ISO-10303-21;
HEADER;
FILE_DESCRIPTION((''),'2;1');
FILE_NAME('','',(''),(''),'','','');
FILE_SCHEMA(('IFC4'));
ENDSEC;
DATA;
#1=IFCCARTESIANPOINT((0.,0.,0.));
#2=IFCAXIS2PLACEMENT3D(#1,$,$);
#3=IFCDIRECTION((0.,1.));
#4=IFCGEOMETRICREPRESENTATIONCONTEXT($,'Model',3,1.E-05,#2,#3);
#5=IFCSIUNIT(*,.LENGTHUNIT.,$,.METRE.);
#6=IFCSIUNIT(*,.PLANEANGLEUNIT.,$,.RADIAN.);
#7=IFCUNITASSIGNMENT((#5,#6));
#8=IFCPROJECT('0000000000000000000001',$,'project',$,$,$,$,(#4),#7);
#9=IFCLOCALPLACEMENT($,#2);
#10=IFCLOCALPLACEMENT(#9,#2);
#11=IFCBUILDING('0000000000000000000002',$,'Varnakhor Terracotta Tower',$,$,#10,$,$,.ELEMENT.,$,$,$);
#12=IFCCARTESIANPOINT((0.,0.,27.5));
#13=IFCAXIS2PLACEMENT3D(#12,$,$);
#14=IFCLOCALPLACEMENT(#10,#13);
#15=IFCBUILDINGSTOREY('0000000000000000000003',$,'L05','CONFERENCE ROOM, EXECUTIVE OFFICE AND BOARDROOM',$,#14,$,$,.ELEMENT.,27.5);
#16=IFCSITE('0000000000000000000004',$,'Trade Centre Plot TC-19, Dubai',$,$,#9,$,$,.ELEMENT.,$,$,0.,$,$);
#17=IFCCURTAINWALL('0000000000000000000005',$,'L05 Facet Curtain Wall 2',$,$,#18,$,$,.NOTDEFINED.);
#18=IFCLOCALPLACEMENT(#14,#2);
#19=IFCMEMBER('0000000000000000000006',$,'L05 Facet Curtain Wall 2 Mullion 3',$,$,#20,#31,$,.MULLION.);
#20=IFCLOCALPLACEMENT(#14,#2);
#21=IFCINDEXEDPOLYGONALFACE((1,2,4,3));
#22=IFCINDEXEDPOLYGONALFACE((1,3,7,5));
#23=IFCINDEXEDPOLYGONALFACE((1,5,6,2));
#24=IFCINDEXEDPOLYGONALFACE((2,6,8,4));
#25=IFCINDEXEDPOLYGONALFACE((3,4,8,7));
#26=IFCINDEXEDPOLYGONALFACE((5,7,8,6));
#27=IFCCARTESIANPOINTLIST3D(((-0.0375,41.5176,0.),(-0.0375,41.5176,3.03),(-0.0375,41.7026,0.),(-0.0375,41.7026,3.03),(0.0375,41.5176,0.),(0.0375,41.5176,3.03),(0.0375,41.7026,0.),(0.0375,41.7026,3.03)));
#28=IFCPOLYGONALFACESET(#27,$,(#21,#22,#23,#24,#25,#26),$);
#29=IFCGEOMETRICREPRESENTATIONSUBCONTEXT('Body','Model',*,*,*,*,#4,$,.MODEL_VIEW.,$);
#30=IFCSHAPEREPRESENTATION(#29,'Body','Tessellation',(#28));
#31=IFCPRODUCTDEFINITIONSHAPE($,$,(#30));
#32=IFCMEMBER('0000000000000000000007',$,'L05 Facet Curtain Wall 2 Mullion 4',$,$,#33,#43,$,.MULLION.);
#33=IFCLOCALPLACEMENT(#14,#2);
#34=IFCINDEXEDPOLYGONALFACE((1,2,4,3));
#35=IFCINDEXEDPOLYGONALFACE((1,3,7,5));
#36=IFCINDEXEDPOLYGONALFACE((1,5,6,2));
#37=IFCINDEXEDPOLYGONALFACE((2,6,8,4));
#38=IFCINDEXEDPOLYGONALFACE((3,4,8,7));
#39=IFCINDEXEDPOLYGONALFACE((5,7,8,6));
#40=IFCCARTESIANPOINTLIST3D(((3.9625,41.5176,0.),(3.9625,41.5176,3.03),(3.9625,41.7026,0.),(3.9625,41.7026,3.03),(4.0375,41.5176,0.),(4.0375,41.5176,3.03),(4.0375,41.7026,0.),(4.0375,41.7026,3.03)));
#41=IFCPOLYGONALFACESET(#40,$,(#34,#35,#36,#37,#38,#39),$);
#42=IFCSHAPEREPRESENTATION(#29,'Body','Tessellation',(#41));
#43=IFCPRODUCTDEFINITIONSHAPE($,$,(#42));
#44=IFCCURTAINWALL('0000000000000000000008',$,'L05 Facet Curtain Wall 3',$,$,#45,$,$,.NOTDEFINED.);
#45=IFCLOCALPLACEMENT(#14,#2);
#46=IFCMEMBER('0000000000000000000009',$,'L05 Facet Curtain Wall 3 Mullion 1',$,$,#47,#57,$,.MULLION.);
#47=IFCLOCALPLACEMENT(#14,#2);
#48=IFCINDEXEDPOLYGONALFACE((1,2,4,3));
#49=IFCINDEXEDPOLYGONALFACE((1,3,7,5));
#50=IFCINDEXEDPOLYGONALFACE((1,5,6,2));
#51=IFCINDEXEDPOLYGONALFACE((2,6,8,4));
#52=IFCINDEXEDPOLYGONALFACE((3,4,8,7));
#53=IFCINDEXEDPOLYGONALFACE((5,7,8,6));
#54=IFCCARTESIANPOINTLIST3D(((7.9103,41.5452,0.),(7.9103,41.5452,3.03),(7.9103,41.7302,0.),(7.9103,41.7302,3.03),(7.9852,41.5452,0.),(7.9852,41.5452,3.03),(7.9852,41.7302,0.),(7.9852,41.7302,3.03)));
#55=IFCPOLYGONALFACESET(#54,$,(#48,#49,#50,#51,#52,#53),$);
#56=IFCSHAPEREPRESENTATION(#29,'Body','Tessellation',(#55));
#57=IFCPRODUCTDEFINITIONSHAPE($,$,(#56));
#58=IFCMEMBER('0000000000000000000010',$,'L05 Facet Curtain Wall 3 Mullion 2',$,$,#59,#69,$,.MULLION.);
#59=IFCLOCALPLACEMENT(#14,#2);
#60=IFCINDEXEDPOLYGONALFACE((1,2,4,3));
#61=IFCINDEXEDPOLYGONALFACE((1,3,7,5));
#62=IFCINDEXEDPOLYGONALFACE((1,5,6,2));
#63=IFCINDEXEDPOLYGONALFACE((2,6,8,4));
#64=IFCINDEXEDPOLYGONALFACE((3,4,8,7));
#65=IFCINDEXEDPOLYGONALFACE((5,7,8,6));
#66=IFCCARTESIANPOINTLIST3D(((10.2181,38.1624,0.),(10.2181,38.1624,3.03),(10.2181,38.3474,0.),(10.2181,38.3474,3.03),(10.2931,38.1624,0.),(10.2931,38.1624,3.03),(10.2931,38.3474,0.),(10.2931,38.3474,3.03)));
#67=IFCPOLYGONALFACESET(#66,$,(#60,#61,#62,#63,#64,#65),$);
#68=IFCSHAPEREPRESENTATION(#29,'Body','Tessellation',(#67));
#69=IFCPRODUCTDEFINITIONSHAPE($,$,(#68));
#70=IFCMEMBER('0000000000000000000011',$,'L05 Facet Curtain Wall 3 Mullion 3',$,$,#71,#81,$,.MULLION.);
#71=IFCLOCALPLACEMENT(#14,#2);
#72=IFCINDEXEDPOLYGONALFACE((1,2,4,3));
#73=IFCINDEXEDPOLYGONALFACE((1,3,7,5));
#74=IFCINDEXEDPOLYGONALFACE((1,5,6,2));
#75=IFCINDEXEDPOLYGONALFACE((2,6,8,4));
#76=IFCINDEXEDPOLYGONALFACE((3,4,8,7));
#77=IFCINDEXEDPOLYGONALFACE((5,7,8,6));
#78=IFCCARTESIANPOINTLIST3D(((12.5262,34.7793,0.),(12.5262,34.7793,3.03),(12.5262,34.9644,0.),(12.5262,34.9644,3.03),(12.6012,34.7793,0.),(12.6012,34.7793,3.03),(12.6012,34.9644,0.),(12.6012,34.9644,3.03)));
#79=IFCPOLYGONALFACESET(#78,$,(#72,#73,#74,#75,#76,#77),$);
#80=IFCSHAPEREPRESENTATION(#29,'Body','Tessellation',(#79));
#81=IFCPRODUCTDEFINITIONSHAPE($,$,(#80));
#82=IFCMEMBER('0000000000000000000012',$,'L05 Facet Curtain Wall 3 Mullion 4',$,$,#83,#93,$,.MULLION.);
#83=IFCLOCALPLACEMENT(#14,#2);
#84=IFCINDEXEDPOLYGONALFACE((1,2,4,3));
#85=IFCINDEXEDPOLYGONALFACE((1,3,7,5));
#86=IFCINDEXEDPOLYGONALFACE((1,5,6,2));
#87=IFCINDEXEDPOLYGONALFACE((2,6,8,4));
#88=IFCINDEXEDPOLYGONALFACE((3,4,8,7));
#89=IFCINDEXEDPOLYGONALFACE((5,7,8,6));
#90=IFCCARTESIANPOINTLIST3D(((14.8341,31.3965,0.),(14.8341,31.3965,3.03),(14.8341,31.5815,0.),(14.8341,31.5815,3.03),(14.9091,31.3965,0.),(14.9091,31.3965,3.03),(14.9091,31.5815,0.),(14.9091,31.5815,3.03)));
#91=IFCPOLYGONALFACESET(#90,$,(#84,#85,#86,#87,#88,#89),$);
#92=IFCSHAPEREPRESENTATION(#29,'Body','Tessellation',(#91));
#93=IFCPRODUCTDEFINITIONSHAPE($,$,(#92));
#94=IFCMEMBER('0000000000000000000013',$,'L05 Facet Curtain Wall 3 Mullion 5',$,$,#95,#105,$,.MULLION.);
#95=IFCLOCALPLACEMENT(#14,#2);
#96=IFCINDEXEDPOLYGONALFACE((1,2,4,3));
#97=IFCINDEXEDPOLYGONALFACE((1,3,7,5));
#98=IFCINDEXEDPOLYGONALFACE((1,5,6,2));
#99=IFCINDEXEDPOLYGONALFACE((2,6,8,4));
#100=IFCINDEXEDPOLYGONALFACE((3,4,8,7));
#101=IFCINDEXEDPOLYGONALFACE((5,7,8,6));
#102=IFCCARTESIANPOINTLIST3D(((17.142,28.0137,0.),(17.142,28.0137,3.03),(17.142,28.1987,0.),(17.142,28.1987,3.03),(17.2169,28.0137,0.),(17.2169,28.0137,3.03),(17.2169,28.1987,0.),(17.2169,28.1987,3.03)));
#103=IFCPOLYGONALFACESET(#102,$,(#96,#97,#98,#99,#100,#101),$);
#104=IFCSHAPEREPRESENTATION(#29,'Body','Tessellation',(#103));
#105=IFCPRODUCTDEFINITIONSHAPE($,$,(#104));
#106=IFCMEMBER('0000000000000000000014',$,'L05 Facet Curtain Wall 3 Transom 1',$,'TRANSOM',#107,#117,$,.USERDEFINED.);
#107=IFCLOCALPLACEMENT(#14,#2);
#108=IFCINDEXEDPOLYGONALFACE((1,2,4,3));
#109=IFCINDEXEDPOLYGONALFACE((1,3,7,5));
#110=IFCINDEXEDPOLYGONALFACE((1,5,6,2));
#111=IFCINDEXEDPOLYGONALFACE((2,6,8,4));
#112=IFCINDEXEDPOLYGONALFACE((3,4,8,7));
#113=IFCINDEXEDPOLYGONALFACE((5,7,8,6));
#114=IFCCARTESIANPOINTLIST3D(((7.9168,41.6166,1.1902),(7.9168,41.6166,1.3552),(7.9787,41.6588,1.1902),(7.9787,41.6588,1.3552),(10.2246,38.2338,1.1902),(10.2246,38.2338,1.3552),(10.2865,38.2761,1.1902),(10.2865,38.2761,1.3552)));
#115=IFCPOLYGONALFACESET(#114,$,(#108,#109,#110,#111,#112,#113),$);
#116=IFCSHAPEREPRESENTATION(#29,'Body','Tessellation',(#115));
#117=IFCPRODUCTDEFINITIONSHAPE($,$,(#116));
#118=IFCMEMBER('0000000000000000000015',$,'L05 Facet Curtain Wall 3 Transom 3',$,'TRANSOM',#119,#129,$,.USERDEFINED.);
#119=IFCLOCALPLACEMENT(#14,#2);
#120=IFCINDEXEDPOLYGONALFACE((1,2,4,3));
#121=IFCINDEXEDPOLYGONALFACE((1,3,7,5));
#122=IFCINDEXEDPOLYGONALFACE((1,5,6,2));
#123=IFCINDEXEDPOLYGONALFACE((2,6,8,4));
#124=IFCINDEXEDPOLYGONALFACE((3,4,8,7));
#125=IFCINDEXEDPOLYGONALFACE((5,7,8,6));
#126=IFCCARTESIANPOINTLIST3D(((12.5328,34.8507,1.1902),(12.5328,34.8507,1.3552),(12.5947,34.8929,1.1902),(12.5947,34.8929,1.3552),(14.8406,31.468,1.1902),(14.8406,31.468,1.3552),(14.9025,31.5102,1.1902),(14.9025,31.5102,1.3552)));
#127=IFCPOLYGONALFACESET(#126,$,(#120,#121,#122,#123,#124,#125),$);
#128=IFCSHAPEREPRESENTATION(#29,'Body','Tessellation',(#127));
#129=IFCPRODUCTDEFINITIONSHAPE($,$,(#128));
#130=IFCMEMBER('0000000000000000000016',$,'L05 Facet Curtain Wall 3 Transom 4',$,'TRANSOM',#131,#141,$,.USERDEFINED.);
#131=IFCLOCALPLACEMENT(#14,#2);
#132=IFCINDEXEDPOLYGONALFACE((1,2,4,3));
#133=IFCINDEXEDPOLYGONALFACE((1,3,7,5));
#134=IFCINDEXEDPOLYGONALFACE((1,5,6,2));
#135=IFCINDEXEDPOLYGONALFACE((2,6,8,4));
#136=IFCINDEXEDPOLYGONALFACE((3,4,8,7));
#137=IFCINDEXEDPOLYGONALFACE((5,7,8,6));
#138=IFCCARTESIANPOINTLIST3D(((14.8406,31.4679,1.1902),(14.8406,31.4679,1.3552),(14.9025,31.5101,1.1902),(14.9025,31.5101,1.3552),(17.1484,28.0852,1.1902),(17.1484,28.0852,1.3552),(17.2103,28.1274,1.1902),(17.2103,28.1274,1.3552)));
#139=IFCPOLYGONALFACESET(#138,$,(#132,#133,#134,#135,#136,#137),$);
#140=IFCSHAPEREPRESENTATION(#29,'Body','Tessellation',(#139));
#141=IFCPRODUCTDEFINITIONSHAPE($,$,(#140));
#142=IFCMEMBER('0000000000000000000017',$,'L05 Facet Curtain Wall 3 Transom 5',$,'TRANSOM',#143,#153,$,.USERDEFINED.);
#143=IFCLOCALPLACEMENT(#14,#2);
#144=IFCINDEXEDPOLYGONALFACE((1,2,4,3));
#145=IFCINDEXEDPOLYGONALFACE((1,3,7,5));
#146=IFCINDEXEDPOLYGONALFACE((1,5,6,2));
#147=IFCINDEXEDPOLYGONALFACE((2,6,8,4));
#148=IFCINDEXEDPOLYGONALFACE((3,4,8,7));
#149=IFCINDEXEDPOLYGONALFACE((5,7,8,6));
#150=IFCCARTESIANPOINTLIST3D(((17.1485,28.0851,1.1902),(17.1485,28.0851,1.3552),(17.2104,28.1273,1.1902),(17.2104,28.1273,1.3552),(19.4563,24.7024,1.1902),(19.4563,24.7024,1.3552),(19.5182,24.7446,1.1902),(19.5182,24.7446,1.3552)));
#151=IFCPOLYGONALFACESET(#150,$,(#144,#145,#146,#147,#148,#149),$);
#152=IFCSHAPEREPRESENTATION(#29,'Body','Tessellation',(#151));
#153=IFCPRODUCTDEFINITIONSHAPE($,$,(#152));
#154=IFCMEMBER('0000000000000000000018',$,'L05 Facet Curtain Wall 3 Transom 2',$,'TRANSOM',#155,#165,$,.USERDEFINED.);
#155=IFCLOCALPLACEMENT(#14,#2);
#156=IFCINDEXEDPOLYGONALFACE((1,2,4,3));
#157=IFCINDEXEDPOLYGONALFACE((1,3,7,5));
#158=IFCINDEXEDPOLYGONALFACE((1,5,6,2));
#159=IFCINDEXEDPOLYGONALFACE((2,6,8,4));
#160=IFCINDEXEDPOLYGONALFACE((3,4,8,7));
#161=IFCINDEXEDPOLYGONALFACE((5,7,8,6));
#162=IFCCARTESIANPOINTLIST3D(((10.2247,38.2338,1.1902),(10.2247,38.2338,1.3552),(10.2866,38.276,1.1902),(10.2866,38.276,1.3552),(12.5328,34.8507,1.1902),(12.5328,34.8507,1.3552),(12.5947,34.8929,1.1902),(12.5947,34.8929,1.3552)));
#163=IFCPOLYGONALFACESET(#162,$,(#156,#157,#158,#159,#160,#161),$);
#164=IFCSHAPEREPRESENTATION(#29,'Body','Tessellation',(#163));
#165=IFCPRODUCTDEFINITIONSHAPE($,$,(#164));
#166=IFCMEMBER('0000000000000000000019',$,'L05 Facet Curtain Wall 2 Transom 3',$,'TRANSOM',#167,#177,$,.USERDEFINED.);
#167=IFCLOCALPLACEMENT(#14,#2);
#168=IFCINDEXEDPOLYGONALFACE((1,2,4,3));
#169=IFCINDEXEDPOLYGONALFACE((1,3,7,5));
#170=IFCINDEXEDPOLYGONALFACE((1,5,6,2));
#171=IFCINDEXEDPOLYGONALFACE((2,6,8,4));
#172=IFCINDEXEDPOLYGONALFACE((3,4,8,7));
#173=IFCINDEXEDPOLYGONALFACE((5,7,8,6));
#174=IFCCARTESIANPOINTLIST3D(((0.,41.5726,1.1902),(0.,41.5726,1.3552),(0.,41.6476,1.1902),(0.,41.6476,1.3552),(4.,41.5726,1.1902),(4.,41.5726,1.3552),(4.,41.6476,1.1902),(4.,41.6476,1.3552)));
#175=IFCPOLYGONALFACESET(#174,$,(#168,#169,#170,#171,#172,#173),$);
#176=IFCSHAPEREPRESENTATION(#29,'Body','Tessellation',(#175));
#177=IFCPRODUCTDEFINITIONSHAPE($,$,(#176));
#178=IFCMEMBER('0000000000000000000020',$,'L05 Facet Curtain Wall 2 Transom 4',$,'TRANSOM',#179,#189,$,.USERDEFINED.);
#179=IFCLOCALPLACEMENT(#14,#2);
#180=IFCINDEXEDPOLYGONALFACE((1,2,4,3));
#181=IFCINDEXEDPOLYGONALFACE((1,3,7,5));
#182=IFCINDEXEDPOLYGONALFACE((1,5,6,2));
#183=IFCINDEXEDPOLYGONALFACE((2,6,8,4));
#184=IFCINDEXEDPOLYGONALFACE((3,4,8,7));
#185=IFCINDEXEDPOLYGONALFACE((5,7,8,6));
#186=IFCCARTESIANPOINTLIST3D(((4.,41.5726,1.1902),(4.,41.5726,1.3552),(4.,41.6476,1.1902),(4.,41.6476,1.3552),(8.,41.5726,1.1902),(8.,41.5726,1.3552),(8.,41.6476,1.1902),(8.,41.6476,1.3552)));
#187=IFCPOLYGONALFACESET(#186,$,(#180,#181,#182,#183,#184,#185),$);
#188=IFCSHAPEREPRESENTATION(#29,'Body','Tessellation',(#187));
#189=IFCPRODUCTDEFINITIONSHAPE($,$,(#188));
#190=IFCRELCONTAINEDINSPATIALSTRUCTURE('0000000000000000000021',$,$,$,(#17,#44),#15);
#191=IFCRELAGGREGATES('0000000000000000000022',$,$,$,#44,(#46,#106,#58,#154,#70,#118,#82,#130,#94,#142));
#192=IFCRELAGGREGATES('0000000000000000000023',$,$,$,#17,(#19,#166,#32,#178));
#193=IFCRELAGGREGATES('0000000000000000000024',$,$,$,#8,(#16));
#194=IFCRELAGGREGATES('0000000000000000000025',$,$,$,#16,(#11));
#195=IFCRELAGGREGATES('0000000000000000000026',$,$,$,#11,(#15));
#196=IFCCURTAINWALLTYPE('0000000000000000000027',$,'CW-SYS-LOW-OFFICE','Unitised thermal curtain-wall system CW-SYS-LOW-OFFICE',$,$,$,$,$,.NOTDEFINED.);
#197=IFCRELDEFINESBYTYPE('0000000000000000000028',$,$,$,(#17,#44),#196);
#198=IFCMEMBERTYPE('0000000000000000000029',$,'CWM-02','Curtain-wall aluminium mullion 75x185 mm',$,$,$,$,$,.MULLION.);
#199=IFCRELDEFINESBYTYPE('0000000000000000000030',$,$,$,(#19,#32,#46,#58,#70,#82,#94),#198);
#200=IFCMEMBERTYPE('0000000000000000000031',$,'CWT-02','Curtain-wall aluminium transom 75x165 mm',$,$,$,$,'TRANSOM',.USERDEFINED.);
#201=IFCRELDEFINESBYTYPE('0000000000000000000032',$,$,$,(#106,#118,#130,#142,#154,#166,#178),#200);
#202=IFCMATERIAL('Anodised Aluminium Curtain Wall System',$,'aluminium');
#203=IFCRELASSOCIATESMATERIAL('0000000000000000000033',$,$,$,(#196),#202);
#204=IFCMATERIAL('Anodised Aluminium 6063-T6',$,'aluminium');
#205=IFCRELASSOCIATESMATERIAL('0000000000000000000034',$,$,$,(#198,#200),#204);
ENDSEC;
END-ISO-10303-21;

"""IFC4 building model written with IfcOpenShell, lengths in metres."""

from ifc_helpers import new_model, si_unit, direction, frame, origin, origin_2d, place, context, subcontext, project, spatial, rectangle, extrude, source, transform, mapped, material, material_profile, profile_set, type_object, type_shapes, element, aggregate, save


model = new_model("IFC4")

# Units and contexts
model_context = context("Model", 3, precision=1e-05, world=origin(), true_north=direction((0.0, 1.0)))
body_context = subcontext(model_context, "Body", "Model", "MODEL_VIEW")
ifc_project = project(units=[si_unit("LENGTHUNIT", "METRE"), si_unit("PLANEANGLEUNIT", "RADIAN")], contexts=[model_context])

# Site, building, storey
site_placement = place(None, origin())
site = spatial("IfcSite", under=ifc_project, at=site_placement, Name="Trade Centre Plot TC-19, Dubai", CompositionType="ELEMENT", RefElevation=0.0)
building_placement = place(site_placement, origin())
building = spatial("IfcBuilding", under=site, at=building_placement, Name="Varnakhor Terracotta Tower", CompositionType="ELEMENT")
storey_placement = place(building_placement, frame((0.0, 0.0, 27.5)))
storey = spatial("IfcBuildingStorey", under=building, at=storey_placement, Name="L05", Description="CONFERENCE ROOM, EXECUTIVE OFFICE AND BOARDROOM", CompositionType="ELEMENT", Elevation=27.5)

# Curtain walls, members
ifc_material_1 = material(Name="Anodised Aluminium Curtain Wall System", Category="aluminium")
curtain_wall_type = type_object("IfcCurtainWallType", Name="CW-SYS-LOW-OFFICE", Description="Unitised thermal curtain-wall system CW-SYS-LOW-OFFICE", PredefinedType="NOTDEFINED", material=ifc_material_1)
curtain_wall_1_placement = place(storey_placement, origin())
curtain_wall_1 = element("IfcCurtainWall", 1, at=curtain_wall_1_placement, inside=storey, type_object=curtain_wall_type, Name="L05 Facet Curtain Wall 2", PredefinedType="NOTDEFINED")
ifc_material_2 = material(Name="Anodised Aluminium 6063-T6", Category="aluminium")
ifc_material_profile_1 = material_profile(ifc_material_2, rectangle(XDim=0.075, YDim=0.1851, at=origin_2d()), Name="ALU MULLION 75x185")
ifc_profile_set_1 = profile_set([ifc_material_profile_1], Name="Anodised Aluminium 6063-T6")
member_type_1 = type_object("IfcMemberType", Name="CWM-02", Description="Curtain-wall aluminium mullion 75x185 mm", PredefinedType="MULLION", material=ifc_profile_set_1)
shared_shape_1 = source(origin(), body_context, "Body", "SweptSolid", [
    extrude(rectangle(XDim=0.075, YDim=0.1851, at=origin_2d()), origin(), (0.0, 0.0, 1.0), 3.03),
])
type_shapes(member_type_1, [shared_shape_1])
member_1_placement = place(storey_placement, frame((0.0, 41.6101, 0.0), z_axis=(0.0, 0.0, 1.0), x_axis=(1.0, 0.0, 0.0)))
member_1 = element("IfcMember", 2, at=member_1_placement, type_object=member_type_1, Name="L05 Facet Curtain Wall 2 Mullion 3", PredefinedType="MULLION", context=body_context, shape_type="MappedRepresentation", body=[
    mapped(shared_shape_1, transform((0.0, 0.0, 0.0), scale=1.0)),
])
member_2_placement = place(storey_placement, frame((4.0, 41.6101, 0.0), z_axis=(0.0, 0.0, 1.0), x_axis=(1.0, 0.0, 0.0)))
member_2 = element("IfcMember", 3, at=member_2_placement, type_object=member_type_1, Name="L05 Facet Curtain Wall 2 Mullion 4", PredefinedType="MULLION", context=body_context, shape_type="MappedRepresentation", body=[
    mapped(shared_shape_1, transform((0.0, 0.0, 0.0), scale=1.0)),
])
curtain_wall_2_placement = place(storey_placement, origin())
curtain_wall_2 = element("IfcCurtainWall", 4, at=curtain_wall_2_placement, inside=storey, type_object=curtain_wall_type, Name="L05 Facet Curtain Wall 3", PredefinedType="NOTDEFINED")
member_3_placement = place(storey_placement, frame((7.9478, 41.6377, 0.0), z_axis=(0.0, 0.0, 1.0), x_axis=(1.0, 0.0, 0.0)))
member_3 = element("IfcMember", 5, at=member_3_placement, type_object=member_type_1, Name="L05 Facet Curtain Wall 3 Mullion 1", PredefinedType="MULLION", context=body_context, shape_type="MappedRepresentation", body=[
    mapped(shared_shape_1, transform((0.0, 0.0, 0.0), scale=1.0)),
])
member_4_placement = place(storey_placement, frame((10.2556, 38.2549, 0.0), z_axis=(0.0, 0.0, 1.0), x_axis=(1.0, 0.0, 0.0)))
member_4 = element("IfcMember", 6, at=member_4_placement, type_object=member_type_1, Name="L05 Facet Curtain Wall 3 Mullion 2", PredefinedType="MULLION", context=body_context, shape_type="MappedRepresentation", body=[
    mapped(shared_shape_1, transform((0.0, 0.0, 0.0), scale=1.0)),
])
member_5_placement = place(storey_placement, frame((12.5637, 34.8718, 0.0), z_axis=(0.0, 0.0, 1.0), x_axis=(1.0, 0.0, 0.0)))
member_5 = element("IfcMember", 7, at=member_5_placement, type_object=member_type_1, Name="L05 Facet Curtain Wall 3 Mullion 3", PredefinedType="MULLION", context=body_context, shape_type="MappedRepresentation", body=[
    mapped(shared_shape_1, transform((0.0, 0.0, 0.0), scale=1.0)),
])
member_6_placement = place(storey_placement, frame((14.8716, 31.489, 0.0), z_axis=(0.0, 0.0, 1.0), x_axis=(1.0, 0.0, 0.0)))
member_6 = element("IfcMember", 8, at=member_6_placement, type_object=member_type_1, Name="L05 Facet Curtain Wall 3 Mullion 4", PredefinedType="MULLION", context=body_context, shape_type="MappedRepresentation", body=[
    mapped(shared_shape_1, transform((0.0, 0.0, 0.0), scale=1.0)),
])
member_7_placement = place(storey_placement, frame((17.1794, 28.1062, 0.0), z_axis=(0.0, 0.0, 1.0), x_axis=(1.0, 0.0, 0.0)))
member_7 = element("IfcMember", 9, at=member_7_placement, type_object=member_type_1, Name="L05 Facet Curtain Wall 3 Mullion 5", PredefinedType="MULLION", context=body_context, shape_type="MappedRepresentation", body=[
    mapped(shared_shape_1, transform((0.0, 0.0, 0.0), scale=1.0)),
])
ifc_material_profile_2 = material_profile(ifc_material_2, rectangle(XDim=0.075, YDim=0.165, at=origin_2d()), Name="ALU TRANSOM 75x165")
ifc_profile_set_2 = profile_set([ifc_material_profile_2], Name="Anodised Aluminium 6063-T6")
member_type_2 = type_object("IfcMemberType", Name="CWT-02", Description="Curtain-wall aluminium transom 75x165 mm", ElementType="TRANSOM", PredefinedType="USERDEFINED", material=ifc_profile_set_2)
shared_shape_2 = source(origin(), body_context, "Body", "SweptSolid", [
    extrude(rectangle(XDim=0.075, YDim=0.165, at=origin_2d()), origin(), (0.0, 0.0, 1.0), 4.095),
])
type_shapes(member_type_2, [shared_shape_2])
member_8_placement = place(storey_placement, frame((7.9478, 41.6377, 1.2727), z_axis=(0.56357, -0.826068, 0.0), x_axis=(0.826068, 0.56357, 0.0)))
member_8 = element("IfcMember", 10, at=member_8_placement, type_object=member_type_2, Name="L05 Facet Curtain Wall 3 Transom 1", ObjectType="TRANSOM", PredefinedType="USERDEFINED", context=body_context, shape_type="MappedRepresentation", body=[
    mapped(shared_shape_2, transform((0.0, 0.0, 0.0), scale=1.0)),
])
member_9_placement = place(storey_placement, frame((12.5637, 34.8718, 1.2727), z_axis=(0.56357, -0.826068, 0.0), x_axis=(0.826068, 0.56357, 0.0)))
member_9 = element("IfcMember", 11, at=member_9_placement, type_object=member_type_2, Name="L05 Facet Curtain Wall 3 Transom 3", ObjectType="TRANSOM", PredefinedType="USERDEFINED", context=body_context, shape_type="MappedRepresentation", body=[
    mapped(shared_shape_2, transform((0.0, 0.0, 0.0), scale=1.0)),
])
member_10_placement = place(storey_placement, frame((14.8716, 31.489, 1.2727), z_axis=(0.56357, -0.826068, 0.0), x_axis=(0.826068, 0.56357, 0.0)))
member_10 = element("IfcMember", 12, at=member_10_placement, type_object=member_type_2, Name="L05 Facet Curtain Wall 3 Transom 4", ObjectType="TRANSOM", PredefinedType="USERDEFINED", context=body_context, shape_type="MappedRepresentation", body=[
    mapped(shared_shape_2, transform((0.0, 0.0, 0.0), scale=1.0)),
])
member_11_placement = place(storey_placement, frame((17.1794, 28.1062, 1.2727), z_axis=(0.56357, -0.826068, 0.0), x_axis=(0.826068, 0.56357, 0.0)))
member_11 = element("IfcMember", 13, at=member_11_placement, type_object=member_type_2, Name="L05 Facet Curtain Wall 3 Transom 5", ObjectType="TRANSOM", PredefinedType="USERDEFINED", context=body_context, shape_type="MappedRepresentation", body=[
    mapped(shared_shape_2, transform((0.0, 0.0, 0.0), scale=1.0)),
])
shared_shape_3 = source(origin(), body_context, "Body", "SweptSolid", [
    extrude(rectangle(XDim=0.075, YDim=0.165, at=origin_2d()), origin(), (0.0, 0.0, 1.0), 4.0955),
])
member_12_placement = place(storey_placement, frame((10.2556, 38.2549, 1.2727), z_axis=(0.563583, -0.82606, 0.0), x_axis=(0.82606, 0.563583, 0.0)))
member_12 = element("IfcMember", 14, at=member_12_placement, type_object=member_type_2, Name="L05 Facet Curtain Wall 3 Transom 2", ObjectType="TRANSOM", PredefinedType="USERDEFINED", context=body_context, shape_type="MappedRepresentation", body=[
    mapped(shared_shape_3, transform((0.0, 0.0, 0.0), scale=1.0)),
])

# Members
shared_shape_4 = source(origin(), body_context, "Body", "SweptSolid", [
    extrude(rectangle(XDim=0.075, YDim=0.165, at=origin_2d()), origin(), (0.0, 0.0, 1.0), 4.0),
])
member_13_placement = place(storey_placement, frame((0.0, 41.6101, 1.2727), z_axis=(1.0, 0.0, 0.0), x_axis=(0.0, 1.0, 0.0)))
member_13 = element("IfcMember", 15, at=member_13_placement, type_object=member_type_2, Name="L05 Facet Curtain Wall 2 Transom 3", ObjectType="TRANSOM", PredefinedType="USERDEFINED", context=body_context, shape_type="MappedRepresentation", body=[
    mapped(shared_shape_4, transform((0.0, 0.0, 0.0), scale=1.0)),
])
member_14_placement = place(storey_placement, frame((4.0, 41.6101, 1.2727), z_axis=(1.0, 0.0, 0.0), x_axis=(0.0, 1.0, 0.0)))
member_14 = element("IfcMember", 16, at=member_14_placement, type_object=member_type_2, Name="L05 Facet Curtain Wall 2 Transom 4", ObjectType="TRANSOM", PredefinedType="USERDEFINED", context=body_context, shape_type="MappedRepresentation", body=[
    mapped(shared_shape_4, transform((0.0, 0.0, 0.0), scale=1.0)),
])

aggregate(curtain_wall_2, [member_3, member_8, member_4, member_12, member_5, member_9, member_6, member_10, member_7, member_11])
aggregate(curtain_wall_1, [member_1, member_13, member_2, member_14])

save(model, "model.ifc")
